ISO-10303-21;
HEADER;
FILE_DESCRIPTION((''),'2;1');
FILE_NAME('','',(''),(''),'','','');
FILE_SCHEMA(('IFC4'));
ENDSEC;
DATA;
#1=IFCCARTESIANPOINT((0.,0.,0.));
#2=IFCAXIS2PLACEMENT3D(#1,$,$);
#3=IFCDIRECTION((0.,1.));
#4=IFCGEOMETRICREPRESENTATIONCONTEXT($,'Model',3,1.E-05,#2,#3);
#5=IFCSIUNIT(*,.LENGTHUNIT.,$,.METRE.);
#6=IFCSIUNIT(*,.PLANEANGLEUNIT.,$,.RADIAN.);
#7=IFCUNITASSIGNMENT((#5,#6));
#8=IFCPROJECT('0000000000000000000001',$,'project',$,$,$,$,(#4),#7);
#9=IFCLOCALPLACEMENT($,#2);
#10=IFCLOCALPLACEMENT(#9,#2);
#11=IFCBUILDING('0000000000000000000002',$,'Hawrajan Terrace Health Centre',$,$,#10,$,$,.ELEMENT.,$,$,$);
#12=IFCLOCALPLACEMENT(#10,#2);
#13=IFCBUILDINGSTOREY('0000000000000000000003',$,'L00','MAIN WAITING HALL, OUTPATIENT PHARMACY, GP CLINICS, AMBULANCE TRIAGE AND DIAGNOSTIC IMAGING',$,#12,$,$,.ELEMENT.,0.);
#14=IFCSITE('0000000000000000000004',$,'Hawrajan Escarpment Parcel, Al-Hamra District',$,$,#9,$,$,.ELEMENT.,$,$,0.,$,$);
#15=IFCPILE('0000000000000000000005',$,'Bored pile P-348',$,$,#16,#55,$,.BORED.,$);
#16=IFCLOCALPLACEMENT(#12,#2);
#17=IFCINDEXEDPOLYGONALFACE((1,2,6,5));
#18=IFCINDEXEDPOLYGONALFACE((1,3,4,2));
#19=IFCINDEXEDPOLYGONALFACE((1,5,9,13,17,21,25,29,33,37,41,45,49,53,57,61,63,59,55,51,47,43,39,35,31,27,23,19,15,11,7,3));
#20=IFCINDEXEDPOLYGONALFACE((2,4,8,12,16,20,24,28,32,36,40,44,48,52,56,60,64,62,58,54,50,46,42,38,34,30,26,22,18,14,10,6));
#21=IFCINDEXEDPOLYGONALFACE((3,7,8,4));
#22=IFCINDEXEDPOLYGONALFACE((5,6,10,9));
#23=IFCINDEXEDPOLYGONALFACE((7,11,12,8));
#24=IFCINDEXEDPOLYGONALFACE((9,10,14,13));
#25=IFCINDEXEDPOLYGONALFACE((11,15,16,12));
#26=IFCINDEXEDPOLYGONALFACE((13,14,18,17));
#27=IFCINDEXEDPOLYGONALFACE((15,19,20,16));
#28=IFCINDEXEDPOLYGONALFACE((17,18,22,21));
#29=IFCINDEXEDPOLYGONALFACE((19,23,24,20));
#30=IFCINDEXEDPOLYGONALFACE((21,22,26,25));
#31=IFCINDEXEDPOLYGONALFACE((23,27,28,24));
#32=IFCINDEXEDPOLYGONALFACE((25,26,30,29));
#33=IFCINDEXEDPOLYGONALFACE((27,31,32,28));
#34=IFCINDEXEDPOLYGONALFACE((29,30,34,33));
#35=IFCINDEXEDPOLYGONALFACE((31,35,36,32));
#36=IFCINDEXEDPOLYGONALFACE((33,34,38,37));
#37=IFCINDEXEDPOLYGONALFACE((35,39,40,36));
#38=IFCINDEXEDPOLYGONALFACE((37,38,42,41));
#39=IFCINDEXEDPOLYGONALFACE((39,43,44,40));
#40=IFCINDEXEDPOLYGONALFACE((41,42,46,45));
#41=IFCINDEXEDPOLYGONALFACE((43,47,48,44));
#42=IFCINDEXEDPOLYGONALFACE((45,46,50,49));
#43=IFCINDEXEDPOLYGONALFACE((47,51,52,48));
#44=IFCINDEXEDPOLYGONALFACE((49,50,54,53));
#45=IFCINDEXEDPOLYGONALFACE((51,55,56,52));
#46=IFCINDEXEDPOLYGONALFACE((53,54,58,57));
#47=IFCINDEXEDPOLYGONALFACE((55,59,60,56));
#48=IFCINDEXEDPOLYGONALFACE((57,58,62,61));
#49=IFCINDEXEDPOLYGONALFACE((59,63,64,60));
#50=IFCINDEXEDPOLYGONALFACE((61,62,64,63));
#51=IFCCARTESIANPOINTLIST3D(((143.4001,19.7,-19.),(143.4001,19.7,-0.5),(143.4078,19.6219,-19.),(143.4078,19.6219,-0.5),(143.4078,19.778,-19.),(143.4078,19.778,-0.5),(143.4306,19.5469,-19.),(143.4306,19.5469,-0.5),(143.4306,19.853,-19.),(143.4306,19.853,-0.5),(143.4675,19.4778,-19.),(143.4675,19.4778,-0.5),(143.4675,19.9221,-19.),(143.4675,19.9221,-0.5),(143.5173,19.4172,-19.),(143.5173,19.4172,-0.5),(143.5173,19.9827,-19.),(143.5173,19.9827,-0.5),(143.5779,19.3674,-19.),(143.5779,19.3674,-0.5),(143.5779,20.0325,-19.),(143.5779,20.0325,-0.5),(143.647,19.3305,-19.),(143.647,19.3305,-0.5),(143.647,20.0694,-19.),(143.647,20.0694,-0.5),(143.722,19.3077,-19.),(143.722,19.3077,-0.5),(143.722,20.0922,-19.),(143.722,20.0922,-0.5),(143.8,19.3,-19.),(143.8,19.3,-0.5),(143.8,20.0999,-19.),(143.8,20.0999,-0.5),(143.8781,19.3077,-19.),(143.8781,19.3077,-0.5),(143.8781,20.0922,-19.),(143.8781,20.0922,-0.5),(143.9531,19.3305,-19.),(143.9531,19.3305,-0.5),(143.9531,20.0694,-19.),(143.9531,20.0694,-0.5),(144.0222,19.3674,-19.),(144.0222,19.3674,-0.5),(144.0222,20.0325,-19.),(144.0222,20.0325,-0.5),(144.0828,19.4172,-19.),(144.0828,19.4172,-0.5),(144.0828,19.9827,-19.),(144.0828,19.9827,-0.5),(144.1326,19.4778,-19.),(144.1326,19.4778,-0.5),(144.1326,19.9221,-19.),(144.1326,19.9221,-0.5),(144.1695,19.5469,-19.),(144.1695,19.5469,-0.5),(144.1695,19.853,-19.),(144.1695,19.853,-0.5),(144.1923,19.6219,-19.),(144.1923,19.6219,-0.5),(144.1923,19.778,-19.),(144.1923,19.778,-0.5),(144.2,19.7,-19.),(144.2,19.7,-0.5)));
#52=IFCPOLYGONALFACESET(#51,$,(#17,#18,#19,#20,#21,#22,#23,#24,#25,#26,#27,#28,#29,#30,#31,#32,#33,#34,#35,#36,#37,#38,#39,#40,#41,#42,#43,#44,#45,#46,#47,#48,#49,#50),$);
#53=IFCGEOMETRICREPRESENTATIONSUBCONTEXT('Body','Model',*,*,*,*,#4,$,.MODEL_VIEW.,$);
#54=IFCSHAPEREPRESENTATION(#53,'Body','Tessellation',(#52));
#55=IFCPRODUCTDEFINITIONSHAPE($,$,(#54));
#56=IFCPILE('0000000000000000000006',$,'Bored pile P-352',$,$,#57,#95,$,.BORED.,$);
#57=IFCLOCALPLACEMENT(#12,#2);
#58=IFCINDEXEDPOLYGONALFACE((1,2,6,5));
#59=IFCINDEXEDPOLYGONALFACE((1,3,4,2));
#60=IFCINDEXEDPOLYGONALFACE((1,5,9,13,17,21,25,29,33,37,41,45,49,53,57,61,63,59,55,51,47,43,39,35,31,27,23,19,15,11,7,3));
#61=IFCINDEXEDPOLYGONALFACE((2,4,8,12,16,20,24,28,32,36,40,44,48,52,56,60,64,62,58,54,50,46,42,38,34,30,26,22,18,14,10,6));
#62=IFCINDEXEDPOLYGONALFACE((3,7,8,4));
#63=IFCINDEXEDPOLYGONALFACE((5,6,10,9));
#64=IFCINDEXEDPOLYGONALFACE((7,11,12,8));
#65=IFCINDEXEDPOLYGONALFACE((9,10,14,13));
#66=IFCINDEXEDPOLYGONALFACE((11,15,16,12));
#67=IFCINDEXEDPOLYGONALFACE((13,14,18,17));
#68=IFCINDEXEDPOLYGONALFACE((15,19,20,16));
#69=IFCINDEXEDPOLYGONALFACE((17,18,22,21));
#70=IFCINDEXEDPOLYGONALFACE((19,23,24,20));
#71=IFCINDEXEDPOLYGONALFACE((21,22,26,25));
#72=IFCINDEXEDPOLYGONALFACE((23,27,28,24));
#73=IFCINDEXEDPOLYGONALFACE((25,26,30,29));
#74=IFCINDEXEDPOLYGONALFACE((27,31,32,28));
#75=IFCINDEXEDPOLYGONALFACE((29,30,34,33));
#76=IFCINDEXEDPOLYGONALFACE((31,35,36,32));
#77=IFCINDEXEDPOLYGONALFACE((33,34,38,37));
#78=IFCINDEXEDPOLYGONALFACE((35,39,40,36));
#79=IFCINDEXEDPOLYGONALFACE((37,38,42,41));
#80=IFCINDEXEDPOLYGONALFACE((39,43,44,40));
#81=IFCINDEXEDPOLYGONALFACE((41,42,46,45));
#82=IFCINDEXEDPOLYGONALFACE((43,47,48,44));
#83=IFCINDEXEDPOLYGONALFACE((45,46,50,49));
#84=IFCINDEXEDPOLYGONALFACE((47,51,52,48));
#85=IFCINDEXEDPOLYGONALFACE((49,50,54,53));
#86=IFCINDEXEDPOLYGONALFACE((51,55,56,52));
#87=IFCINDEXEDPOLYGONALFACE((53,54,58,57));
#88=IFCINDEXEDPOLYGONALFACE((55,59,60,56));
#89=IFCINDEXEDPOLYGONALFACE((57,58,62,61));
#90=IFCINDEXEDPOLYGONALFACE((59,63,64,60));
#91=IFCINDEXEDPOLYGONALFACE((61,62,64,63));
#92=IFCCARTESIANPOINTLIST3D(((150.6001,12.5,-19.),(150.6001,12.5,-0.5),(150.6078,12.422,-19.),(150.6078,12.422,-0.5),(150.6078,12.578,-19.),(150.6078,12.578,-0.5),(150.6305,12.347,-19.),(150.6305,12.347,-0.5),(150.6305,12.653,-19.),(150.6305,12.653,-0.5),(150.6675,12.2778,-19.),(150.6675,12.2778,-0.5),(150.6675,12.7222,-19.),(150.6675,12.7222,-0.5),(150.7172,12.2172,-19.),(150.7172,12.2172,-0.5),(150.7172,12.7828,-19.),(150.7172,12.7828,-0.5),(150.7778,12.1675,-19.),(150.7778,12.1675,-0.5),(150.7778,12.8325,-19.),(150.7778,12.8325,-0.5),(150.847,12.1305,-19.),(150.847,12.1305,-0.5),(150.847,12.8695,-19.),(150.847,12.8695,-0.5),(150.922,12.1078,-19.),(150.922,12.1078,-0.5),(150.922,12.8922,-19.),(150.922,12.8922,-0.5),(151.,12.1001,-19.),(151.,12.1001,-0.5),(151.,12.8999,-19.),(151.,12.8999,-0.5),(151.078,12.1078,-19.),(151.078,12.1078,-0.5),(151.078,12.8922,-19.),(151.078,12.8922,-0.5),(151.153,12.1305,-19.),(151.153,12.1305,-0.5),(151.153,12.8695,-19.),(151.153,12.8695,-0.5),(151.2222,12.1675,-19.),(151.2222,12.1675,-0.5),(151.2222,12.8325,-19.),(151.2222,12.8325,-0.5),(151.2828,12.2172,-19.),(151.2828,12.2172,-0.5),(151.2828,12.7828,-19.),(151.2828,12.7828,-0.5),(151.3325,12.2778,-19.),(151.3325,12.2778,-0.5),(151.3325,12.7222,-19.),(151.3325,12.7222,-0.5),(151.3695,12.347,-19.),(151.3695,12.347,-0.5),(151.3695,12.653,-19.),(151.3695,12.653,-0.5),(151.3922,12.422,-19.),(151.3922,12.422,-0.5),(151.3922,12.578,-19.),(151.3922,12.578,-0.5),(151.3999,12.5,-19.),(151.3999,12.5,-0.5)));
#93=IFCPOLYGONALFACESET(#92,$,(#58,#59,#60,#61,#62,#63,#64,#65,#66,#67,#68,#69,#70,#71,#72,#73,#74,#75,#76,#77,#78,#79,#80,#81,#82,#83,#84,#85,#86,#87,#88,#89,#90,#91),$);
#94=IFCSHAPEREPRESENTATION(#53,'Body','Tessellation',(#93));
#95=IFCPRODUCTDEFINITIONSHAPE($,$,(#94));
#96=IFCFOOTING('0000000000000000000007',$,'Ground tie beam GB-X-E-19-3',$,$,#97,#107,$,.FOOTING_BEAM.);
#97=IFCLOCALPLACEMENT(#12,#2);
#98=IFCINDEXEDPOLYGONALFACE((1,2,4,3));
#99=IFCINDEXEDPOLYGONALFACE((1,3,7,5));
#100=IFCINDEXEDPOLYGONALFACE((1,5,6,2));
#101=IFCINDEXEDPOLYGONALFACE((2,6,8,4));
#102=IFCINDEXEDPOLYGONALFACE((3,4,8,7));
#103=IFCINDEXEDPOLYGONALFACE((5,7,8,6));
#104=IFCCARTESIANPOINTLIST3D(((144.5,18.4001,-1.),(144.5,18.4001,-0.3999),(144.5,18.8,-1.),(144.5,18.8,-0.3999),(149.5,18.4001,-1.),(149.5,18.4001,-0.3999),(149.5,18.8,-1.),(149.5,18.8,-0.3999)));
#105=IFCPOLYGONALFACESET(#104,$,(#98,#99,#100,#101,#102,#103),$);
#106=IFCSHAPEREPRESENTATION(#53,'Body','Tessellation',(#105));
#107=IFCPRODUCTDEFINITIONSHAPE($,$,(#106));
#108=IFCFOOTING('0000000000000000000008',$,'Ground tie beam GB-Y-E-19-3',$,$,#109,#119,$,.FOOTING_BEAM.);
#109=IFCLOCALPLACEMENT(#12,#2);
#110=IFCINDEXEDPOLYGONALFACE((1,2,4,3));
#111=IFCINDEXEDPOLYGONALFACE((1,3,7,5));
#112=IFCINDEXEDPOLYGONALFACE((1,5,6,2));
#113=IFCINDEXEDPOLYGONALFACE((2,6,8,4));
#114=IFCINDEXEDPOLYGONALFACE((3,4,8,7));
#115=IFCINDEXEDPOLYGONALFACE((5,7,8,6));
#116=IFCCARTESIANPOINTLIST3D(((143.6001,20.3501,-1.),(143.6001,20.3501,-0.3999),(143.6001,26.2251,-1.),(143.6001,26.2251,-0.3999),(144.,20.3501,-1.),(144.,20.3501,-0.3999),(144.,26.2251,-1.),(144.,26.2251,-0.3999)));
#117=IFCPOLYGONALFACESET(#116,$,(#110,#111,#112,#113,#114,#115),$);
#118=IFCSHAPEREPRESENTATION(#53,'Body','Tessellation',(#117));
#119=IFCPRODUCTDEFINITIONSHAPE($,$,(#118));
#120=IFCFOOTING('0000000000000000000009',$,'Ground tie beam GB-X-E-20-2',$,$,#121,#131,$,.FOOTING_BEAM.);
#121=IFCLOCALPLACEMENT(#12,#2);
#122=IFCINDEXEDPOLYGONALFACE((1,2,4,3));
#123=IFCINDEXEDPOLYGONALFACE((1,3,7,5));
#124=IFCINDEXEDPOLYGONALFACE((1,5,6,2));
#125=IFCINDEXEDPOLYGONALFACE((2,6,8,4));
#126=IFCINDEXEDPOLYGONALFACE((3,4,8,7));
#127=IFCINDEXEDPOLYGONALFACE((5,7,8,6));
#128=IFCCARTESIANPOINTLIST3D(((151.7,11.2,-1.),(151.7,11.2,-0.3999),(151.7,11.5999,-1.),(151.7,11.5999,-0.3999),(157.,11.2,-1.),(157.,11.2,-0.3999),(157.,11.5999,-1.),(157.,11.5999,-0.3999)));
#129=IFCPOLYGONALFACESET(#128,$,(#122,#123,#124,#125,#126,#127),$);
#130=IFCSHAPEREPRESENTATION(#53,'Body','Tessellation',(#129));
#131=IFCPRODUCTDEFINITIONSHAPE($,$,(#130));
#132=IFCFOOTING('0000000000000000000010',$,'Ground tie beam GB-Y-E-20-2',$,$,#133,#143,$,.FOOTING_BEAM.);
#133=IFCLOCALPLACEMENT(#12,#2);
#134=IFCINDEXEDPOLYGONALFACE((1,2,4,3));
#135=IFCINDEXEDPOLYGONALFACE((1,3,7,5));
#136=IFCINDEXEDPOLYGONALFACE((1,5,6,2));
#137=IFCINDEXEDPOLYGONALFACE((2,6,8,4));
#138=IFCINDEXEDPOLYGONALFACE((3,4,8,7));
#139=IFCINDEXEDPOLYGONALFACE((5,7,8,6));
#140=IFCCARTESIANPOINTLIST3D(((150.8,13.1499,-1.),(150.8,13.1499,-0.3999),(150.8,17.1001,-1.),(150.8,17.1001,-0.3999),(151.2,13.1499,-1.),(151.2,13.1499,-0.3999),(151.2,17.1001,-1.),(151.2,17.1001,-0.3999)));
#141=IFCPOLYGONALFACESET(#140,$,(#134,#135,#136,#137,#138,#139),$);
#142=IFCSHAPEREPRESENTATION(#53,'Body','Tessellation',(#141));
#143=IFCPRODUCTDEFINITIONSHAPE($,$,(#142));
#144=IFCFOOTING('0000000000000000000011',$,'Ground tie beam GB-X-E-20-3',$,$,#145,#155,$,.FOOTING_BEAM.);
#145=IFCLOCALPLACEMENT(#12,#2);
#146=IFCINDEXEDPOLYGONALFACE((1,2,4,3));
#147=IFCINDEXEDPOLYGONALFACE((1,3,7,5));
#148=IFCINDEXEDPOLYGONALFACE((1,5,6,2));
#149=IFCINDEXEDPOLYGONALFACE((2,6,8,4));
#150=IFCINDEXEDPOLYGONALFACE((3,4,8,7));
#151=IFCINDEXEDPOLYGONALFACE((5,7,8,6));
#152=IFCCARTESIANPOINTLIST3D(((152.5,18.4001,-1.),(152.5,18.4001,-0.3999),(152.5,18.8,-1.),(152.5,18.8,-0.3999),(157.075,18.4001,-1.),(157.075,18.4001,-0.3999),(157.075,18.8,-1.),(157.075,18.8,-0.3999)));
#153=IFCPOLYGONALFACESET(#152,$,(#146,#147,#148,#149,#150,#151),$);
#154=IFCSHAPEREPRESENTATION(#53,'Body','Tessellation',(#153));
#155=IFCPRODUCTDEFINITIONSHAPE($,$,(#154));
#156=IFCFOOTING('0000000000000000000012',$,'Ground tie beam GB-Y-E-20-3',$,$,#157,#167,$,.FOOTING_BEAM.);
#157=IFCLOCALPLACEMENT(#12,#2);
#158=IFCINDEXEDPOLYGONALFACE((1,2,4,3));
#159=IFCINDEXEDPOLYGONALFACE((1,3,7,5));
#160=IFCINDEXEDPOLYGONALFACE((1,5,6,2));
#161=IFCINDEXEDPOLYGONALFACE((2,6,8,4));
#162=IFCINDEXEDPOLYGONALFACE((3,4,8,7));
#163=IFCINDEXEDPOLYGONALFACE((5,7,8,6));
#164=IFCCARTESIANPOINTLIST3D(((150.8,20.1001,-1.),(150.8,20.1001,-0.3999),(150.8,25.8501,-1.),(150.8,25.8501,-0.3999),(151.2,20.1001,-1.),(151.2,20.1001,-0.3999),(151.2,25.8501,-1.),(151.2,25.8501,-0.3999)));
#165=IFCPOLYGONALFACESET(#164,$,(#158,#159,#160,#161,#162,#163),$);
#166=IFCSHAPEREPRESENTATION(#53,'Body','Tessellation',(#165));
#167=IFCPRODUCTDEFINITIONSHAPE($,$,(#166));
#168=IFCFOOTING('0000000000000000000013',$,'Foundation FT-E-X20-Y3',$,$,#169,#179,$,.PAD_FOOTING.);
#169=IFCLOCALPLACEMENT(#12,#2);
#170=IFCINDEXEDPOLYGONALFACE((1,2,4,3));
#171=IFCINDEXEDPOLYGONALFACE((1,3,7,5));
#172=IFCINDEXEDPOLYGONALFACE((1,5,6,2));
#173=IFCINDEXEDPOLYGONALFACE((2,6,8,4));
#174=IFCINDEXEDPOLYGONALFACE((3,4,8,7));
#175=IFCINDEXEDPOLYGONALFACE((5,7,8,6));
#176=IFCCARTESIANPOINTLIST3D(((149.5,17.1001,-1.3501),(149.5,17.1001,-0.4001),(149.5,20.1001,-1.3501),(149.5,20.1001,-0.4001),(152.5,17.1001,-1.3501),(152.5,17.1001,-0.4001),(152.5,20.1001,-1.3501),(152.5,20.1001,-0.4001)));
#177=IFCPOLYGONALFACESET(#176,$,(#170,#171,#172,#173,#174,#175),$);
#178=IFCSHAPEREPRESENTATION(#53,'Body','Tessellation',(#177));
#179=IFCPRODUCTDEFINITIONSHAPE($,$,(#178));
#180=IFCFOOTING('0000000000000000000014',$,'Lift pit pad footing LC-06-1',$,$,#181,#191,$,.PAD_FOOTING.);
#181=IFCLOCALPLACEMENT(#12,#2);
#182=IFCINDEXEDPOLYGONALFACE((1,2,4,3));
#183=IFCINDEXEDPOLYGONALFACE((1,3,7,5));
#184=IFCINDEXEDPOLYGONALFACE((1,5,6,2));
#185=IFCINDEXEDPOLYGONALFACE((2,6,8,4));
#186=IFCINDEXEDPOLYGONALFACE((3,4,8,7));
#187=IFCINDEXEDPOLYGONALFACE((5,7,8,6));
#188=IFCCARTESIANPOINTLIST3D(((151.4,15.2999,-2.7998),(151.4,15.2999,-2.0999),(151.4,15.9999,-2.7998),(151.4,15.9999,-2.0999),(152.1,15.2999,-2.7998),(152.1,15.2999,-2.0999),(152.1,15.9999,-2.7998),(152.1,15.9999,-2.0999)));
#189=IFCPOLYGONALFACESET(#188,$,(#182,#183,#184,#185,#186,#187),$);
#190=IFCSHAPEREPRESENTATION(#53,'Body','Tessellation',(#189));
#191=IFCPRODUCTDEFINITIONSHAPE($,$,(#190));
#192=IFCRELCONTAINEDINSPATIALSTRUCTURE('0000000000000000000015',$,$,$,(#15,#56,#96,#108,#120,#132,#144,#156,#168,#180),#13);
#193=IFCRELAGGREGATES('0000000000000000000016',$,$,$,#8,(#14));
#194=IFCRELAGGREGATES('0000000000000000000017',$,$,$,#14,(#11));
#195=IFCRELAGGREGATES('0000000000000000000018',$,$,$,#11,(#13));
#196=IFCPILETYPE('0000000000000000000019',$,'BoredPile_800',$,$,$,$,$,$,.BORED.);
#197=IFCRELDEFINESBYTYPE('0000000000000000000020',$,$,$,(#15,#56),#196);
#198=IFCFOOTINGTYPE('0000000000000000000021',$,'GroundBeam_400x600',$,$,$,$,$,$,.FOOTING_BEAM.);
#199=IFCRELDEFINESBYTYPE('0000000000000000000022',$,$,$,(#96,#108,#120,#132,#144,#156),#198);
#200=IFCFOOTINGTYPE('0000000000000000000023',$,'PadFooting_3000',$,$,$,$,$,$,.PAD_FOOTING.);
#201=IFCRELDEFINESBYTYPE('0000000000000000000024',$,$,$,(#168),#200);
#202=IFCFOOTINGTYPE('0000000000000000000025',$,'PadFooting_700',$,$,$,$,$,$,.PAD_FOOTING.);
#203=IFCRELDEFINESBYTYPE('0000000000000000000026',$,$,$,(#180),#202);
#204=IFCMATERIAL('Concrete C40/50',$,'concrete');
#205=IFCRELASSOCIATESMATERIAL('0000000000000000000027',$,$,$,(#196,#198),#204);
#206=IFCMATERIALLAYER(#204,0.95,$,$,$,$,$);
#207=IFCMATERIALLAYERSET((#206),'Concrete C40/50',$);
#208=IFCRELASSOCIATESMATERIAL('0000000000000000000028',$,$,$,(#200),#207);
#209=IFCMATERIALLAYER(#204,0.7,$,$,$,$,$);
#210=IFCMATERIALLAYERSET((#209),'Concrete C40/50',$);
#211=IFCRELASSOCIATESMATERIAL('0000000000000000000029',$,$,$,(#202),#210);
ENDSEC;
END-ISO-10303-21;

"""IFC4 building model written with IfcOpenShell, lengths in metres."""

from ifc_helpers import new_model, si_unit, direction, frame, origin, origin_2d, place, context, subcontext, project, spatial, rectangle, circle, extrude, material, layer, layer_set, material_profile, profile_set, type_object, element, save


model = new_model("IFC4")

# Units and contexts
model_context = context("Model", 3, precision=1e-05, world=origin(), true_north=direction((0.0, 1.0)))
body_context = subcontext(model_context, "Body", "Model", "MODEL_VIEW")
ifc_project = project(units=[si_unit("LENGTHUNIT", "METRE"), si_unit("PLANEANGLEUNIT", "RADIAN")], contexts=[model_context])

# Site, building, storey
site_placement = place(None, origin())
site = spatial("IfcSite", under=ifc_project, at=site_placement, Name="Hawrajan Escarpment Parcel, Al-Hamra District", CompositionType="ELEMENT", RefElevation=0.0)
building_placement = place(site_placement, origin())
building = spatial("IfcBuilding", under=site, at=building_placement, Name="Hawrajan Terrace Health Centre", CompositionType="ELEMENT")
storey_placement = place(building_placement, origin())
storey = spatial("IfcBuildingStorey", under=building, at=storey_placement, Name="L00", Description="MAIN WAITING HALL, OUTPATIENT PHARMACY, GP CLINICS, AMBULANCE TRIAGE AND DIAGNOSTIC IMAGING", CompositionType="ELEMENT", Elevation=0.0)

# Piles
ifc_material_1 = material(Name="Concrete C40/50", Category="concrete")
ifc_material_profile_1 = material_profile(ifc_material_1, circle(Radius=0.3999, at=origin_2d()), Name="BP 800")
ifc_profile_set_1 = profile_set([ifc_material_profile_1], Name="Concrete C40/50")
pile_type = type_object("IfcPileType", Name="BoredPile_800", PredefinedType="BORED", material=ifc_profile_set_1)
for number, where, z_axis, x_axis, name in (
    (1, (143.8, 19.7, -0.5), (0.0, 0.0, -1.0), (1.0, 0.0, 0.0), "Bored pile P-348"),
    (2, (151.0, 12.5, -0.5), (0.0, 0.0, -1.0), (1.0, 0.0, 0.0), "Bored pile P-352"),
):
    element("IfcPile", number, at=place(storey_placement, frame(where, z_axis=z_axis, x_axis=x_axis)), inside=storey, type_object=pile_type, Name=name, PredefinedType="BORED", context=body_context, shape_type="SweptSolid", body=[
        extrude(circle(Radius=0.3999, at=origin_2d()), origin(), (0.0, 0.0, 1.0), 18.5),
    ])

# Footings
ifc_material_profile_2 = material_profile(ifc_material_1, rectangle(XDim=0.3999, YDim=0.6001, at=origin_2d()), Name="RC BM 400x600")
ifc_profile_set_2 = profile_set([ifc_material_profile_2], Name="Concrete C40/50")
footing_type_1 = type_object("IfcFootingType", Name="GroundBeam_400x600", PredefinedType="FOOTING_BEAM", material=ifc_profile_set_2)
footing_1_placement = place(storey_placement, frame((144.5, 18.6001, -0.7), z_axis=(1.0, 0.0, 0.0), x_axis=(0.0, 1.0, 0.0)))
element("IfcFooting", 3, at=footing_1_placement, inside=storey, type_object=footing_type_1, Name="Ground tie beam GB-X-E-19-3", PredefinedType="FOOTING_BEAM", context=body_context, shape_type="SweptSolid", body=[
    extrude(rectangle(XDim=0.3999, YDim=0.6001, at=origin_2d()), origin(), (0.0, 0.0, 1.0), 5.0),
])
footing_2_placement = place(storey_placement, frame((143.8, 20.3501, -0.7), z_axis=(0.0, 1.0, 0.0), x_axis=(-1.0, 0.0, 0.0)))
element("IfcFooting", 4, at=footing_2_placement, inside=storey, type_object=footing_type_1, Name="Ground tie beam GB-Y-E-19-3", PredefinedType="FOOTING_BEAM", context=body_context, shape_type="SweptSolid", body=[
    extrude(rectangle(XDim=0.3999, YDim=0.6001, at=origin_2d()), origin(), (0.0, 0.0, 1.0), 5.875),
])
footing_3_placement = place(storey_placement, frame((151.7, 11.3999, -0.7), z_axis=(1.0, 0.0, 0.0), x_axis=(0.0, 1.0, 0.0)))
element("IfcFooting", 5, at=footing_3_placement, inside=storey, type_object=footing_type_1, Name="Ground tie beam GB-X-E-20-2", PredefinedType="FOOTING_BEAM", context=body_context, shape_type="SweptSolid", body=[
    extrude(rectangle(XDim=0.3999, YDim=0.6001, at=origin_2d()), origin(), (0.0, 0.0, 1.0), 5.3),
])
footing_4_placement = place(storey_placement, frame((151.0, 13.1499, -0.7), z_axis=(0.0, 1.0, 0.0), x_axis=(-1.0, 0.0, 0.0)))
element("IfcFooting", 6, at=footing_4_placement, inside=storey, type_object=footing_type_1, Name="Ground tie beam GB-Y-E-20-2", PredefinedType="FOOTING_BEAM", context=body_context, shape_type="SweptSolid", body=[
    extrude(rectangle(XDim=0.3999, YDim=0.6001, at=origin_2d()), origin(), (0.0, 0.0, 1.0), 3.9502),
])
footing_5_placement = place(storey_placement, frame((152.5, 18.6001, -0.7), z_axis=(1.0, 0.0, 0.0), x_axis=(0.0, 1.0, 0.0)))
element("IfcFooting", 7, at=footing_5_placement, inside=storey, type_object=footing_type_1, Name="Ground tie beam GB-X-E-20-3", PredefinedType="FOOTING_BEAM", context=body_context, shape_type="SweptSolid", body=[
    extrude(rectangle(XDim=0.3999, YDim=0.6001, at=origin_2d()), origin(), (0.0, 0.0, 1.0), 4.575),
])
footing_6_placement = place(storey_placement, frame((151.0, 20.1001, -0.7), z_axis=(0.0, 1.0, 0.0), x_axis=(-1.0, 0.0, 0.0)))
element("IfcFooting", 8, at=footing_6_placement, inside=storey, type_object=footing_type_1, Name="Ground tie beam GB-Y-E-20-3", PredefinedType="FOOTING_BEAM", context=body_context, shape_type="SweptSolid", body=[
    extrude(rectangle(XDim=0.3999, YDim=0.6001, at=origin_2d()), origin(), (0.0, 0.0, 1.0), 5.75),
])
ifc_layer_1 = layer(ifc_material_1, 0.95)
ifc_layer_set_1 = layer_set([ifc_layer_1], Name="Concrete C40/50")
footing_type_2 = type_object("IfcFootingType", Name="PadFooting_3000", PredefinedType="PAD_FOOTING", material=ifc_layer_set_1)
footing_7_placement = place(storey_placement, frame((151.0, 18.6001, -1.3501), z_axis=(0.0, 0.0, 1.0), x_axis=(1.0, 0.0, 0.0)))
element("IfcFooting", 9, at=footing_7_placement, inside=storey, type_object=footing_type_2, Name="Foundation FT-E-X20-Y3", PredefinedType="PAD_FOOTING", context=body_context, shape_type="SweptSolid", body=[
    extrude(rectangle(XDim=3.0, YDim=3.0, at=origin_2d()), origin(), (0.0, 0.0, 1.0), 0.95),
])
ifc_layer_2 = layer(ifc_material_1, 0.7)
ifc_layer_set_2 = layer_set([ifc_layer_2], Name="Concrete C40/50")
footing_type_3 = type_object("IfcFootingType", Name="PadFooting_700", PredefinedType="PAD_FOOTING", material=ifc_layer_set_2)
for number, where, z_axis, x_axis, name in (
    (10, (151.75, 15.6499, -2.7998), (0.0, 0.0, 1.0), (1.0, 0.0, 0.0), "Lift pit pad footing LC-06-1"),
):
    element("IfcFooting", number, at=place(storey_placement, frame(where, z_axis=z_axis, x_axis=x_axis)), inside=storey, type_object=footing_type_3, Name=name, PredefinedType="PAD_FOOTING", context=body_context, shape_type="SweptSolid", body=[
        extrude(rectangle(XDim=0.7, YDim=0.7, at=origin_2d()), origin(), (0.0, 0.0, 1.0), 0.7),
    ])

save(model, "model.ifc")
